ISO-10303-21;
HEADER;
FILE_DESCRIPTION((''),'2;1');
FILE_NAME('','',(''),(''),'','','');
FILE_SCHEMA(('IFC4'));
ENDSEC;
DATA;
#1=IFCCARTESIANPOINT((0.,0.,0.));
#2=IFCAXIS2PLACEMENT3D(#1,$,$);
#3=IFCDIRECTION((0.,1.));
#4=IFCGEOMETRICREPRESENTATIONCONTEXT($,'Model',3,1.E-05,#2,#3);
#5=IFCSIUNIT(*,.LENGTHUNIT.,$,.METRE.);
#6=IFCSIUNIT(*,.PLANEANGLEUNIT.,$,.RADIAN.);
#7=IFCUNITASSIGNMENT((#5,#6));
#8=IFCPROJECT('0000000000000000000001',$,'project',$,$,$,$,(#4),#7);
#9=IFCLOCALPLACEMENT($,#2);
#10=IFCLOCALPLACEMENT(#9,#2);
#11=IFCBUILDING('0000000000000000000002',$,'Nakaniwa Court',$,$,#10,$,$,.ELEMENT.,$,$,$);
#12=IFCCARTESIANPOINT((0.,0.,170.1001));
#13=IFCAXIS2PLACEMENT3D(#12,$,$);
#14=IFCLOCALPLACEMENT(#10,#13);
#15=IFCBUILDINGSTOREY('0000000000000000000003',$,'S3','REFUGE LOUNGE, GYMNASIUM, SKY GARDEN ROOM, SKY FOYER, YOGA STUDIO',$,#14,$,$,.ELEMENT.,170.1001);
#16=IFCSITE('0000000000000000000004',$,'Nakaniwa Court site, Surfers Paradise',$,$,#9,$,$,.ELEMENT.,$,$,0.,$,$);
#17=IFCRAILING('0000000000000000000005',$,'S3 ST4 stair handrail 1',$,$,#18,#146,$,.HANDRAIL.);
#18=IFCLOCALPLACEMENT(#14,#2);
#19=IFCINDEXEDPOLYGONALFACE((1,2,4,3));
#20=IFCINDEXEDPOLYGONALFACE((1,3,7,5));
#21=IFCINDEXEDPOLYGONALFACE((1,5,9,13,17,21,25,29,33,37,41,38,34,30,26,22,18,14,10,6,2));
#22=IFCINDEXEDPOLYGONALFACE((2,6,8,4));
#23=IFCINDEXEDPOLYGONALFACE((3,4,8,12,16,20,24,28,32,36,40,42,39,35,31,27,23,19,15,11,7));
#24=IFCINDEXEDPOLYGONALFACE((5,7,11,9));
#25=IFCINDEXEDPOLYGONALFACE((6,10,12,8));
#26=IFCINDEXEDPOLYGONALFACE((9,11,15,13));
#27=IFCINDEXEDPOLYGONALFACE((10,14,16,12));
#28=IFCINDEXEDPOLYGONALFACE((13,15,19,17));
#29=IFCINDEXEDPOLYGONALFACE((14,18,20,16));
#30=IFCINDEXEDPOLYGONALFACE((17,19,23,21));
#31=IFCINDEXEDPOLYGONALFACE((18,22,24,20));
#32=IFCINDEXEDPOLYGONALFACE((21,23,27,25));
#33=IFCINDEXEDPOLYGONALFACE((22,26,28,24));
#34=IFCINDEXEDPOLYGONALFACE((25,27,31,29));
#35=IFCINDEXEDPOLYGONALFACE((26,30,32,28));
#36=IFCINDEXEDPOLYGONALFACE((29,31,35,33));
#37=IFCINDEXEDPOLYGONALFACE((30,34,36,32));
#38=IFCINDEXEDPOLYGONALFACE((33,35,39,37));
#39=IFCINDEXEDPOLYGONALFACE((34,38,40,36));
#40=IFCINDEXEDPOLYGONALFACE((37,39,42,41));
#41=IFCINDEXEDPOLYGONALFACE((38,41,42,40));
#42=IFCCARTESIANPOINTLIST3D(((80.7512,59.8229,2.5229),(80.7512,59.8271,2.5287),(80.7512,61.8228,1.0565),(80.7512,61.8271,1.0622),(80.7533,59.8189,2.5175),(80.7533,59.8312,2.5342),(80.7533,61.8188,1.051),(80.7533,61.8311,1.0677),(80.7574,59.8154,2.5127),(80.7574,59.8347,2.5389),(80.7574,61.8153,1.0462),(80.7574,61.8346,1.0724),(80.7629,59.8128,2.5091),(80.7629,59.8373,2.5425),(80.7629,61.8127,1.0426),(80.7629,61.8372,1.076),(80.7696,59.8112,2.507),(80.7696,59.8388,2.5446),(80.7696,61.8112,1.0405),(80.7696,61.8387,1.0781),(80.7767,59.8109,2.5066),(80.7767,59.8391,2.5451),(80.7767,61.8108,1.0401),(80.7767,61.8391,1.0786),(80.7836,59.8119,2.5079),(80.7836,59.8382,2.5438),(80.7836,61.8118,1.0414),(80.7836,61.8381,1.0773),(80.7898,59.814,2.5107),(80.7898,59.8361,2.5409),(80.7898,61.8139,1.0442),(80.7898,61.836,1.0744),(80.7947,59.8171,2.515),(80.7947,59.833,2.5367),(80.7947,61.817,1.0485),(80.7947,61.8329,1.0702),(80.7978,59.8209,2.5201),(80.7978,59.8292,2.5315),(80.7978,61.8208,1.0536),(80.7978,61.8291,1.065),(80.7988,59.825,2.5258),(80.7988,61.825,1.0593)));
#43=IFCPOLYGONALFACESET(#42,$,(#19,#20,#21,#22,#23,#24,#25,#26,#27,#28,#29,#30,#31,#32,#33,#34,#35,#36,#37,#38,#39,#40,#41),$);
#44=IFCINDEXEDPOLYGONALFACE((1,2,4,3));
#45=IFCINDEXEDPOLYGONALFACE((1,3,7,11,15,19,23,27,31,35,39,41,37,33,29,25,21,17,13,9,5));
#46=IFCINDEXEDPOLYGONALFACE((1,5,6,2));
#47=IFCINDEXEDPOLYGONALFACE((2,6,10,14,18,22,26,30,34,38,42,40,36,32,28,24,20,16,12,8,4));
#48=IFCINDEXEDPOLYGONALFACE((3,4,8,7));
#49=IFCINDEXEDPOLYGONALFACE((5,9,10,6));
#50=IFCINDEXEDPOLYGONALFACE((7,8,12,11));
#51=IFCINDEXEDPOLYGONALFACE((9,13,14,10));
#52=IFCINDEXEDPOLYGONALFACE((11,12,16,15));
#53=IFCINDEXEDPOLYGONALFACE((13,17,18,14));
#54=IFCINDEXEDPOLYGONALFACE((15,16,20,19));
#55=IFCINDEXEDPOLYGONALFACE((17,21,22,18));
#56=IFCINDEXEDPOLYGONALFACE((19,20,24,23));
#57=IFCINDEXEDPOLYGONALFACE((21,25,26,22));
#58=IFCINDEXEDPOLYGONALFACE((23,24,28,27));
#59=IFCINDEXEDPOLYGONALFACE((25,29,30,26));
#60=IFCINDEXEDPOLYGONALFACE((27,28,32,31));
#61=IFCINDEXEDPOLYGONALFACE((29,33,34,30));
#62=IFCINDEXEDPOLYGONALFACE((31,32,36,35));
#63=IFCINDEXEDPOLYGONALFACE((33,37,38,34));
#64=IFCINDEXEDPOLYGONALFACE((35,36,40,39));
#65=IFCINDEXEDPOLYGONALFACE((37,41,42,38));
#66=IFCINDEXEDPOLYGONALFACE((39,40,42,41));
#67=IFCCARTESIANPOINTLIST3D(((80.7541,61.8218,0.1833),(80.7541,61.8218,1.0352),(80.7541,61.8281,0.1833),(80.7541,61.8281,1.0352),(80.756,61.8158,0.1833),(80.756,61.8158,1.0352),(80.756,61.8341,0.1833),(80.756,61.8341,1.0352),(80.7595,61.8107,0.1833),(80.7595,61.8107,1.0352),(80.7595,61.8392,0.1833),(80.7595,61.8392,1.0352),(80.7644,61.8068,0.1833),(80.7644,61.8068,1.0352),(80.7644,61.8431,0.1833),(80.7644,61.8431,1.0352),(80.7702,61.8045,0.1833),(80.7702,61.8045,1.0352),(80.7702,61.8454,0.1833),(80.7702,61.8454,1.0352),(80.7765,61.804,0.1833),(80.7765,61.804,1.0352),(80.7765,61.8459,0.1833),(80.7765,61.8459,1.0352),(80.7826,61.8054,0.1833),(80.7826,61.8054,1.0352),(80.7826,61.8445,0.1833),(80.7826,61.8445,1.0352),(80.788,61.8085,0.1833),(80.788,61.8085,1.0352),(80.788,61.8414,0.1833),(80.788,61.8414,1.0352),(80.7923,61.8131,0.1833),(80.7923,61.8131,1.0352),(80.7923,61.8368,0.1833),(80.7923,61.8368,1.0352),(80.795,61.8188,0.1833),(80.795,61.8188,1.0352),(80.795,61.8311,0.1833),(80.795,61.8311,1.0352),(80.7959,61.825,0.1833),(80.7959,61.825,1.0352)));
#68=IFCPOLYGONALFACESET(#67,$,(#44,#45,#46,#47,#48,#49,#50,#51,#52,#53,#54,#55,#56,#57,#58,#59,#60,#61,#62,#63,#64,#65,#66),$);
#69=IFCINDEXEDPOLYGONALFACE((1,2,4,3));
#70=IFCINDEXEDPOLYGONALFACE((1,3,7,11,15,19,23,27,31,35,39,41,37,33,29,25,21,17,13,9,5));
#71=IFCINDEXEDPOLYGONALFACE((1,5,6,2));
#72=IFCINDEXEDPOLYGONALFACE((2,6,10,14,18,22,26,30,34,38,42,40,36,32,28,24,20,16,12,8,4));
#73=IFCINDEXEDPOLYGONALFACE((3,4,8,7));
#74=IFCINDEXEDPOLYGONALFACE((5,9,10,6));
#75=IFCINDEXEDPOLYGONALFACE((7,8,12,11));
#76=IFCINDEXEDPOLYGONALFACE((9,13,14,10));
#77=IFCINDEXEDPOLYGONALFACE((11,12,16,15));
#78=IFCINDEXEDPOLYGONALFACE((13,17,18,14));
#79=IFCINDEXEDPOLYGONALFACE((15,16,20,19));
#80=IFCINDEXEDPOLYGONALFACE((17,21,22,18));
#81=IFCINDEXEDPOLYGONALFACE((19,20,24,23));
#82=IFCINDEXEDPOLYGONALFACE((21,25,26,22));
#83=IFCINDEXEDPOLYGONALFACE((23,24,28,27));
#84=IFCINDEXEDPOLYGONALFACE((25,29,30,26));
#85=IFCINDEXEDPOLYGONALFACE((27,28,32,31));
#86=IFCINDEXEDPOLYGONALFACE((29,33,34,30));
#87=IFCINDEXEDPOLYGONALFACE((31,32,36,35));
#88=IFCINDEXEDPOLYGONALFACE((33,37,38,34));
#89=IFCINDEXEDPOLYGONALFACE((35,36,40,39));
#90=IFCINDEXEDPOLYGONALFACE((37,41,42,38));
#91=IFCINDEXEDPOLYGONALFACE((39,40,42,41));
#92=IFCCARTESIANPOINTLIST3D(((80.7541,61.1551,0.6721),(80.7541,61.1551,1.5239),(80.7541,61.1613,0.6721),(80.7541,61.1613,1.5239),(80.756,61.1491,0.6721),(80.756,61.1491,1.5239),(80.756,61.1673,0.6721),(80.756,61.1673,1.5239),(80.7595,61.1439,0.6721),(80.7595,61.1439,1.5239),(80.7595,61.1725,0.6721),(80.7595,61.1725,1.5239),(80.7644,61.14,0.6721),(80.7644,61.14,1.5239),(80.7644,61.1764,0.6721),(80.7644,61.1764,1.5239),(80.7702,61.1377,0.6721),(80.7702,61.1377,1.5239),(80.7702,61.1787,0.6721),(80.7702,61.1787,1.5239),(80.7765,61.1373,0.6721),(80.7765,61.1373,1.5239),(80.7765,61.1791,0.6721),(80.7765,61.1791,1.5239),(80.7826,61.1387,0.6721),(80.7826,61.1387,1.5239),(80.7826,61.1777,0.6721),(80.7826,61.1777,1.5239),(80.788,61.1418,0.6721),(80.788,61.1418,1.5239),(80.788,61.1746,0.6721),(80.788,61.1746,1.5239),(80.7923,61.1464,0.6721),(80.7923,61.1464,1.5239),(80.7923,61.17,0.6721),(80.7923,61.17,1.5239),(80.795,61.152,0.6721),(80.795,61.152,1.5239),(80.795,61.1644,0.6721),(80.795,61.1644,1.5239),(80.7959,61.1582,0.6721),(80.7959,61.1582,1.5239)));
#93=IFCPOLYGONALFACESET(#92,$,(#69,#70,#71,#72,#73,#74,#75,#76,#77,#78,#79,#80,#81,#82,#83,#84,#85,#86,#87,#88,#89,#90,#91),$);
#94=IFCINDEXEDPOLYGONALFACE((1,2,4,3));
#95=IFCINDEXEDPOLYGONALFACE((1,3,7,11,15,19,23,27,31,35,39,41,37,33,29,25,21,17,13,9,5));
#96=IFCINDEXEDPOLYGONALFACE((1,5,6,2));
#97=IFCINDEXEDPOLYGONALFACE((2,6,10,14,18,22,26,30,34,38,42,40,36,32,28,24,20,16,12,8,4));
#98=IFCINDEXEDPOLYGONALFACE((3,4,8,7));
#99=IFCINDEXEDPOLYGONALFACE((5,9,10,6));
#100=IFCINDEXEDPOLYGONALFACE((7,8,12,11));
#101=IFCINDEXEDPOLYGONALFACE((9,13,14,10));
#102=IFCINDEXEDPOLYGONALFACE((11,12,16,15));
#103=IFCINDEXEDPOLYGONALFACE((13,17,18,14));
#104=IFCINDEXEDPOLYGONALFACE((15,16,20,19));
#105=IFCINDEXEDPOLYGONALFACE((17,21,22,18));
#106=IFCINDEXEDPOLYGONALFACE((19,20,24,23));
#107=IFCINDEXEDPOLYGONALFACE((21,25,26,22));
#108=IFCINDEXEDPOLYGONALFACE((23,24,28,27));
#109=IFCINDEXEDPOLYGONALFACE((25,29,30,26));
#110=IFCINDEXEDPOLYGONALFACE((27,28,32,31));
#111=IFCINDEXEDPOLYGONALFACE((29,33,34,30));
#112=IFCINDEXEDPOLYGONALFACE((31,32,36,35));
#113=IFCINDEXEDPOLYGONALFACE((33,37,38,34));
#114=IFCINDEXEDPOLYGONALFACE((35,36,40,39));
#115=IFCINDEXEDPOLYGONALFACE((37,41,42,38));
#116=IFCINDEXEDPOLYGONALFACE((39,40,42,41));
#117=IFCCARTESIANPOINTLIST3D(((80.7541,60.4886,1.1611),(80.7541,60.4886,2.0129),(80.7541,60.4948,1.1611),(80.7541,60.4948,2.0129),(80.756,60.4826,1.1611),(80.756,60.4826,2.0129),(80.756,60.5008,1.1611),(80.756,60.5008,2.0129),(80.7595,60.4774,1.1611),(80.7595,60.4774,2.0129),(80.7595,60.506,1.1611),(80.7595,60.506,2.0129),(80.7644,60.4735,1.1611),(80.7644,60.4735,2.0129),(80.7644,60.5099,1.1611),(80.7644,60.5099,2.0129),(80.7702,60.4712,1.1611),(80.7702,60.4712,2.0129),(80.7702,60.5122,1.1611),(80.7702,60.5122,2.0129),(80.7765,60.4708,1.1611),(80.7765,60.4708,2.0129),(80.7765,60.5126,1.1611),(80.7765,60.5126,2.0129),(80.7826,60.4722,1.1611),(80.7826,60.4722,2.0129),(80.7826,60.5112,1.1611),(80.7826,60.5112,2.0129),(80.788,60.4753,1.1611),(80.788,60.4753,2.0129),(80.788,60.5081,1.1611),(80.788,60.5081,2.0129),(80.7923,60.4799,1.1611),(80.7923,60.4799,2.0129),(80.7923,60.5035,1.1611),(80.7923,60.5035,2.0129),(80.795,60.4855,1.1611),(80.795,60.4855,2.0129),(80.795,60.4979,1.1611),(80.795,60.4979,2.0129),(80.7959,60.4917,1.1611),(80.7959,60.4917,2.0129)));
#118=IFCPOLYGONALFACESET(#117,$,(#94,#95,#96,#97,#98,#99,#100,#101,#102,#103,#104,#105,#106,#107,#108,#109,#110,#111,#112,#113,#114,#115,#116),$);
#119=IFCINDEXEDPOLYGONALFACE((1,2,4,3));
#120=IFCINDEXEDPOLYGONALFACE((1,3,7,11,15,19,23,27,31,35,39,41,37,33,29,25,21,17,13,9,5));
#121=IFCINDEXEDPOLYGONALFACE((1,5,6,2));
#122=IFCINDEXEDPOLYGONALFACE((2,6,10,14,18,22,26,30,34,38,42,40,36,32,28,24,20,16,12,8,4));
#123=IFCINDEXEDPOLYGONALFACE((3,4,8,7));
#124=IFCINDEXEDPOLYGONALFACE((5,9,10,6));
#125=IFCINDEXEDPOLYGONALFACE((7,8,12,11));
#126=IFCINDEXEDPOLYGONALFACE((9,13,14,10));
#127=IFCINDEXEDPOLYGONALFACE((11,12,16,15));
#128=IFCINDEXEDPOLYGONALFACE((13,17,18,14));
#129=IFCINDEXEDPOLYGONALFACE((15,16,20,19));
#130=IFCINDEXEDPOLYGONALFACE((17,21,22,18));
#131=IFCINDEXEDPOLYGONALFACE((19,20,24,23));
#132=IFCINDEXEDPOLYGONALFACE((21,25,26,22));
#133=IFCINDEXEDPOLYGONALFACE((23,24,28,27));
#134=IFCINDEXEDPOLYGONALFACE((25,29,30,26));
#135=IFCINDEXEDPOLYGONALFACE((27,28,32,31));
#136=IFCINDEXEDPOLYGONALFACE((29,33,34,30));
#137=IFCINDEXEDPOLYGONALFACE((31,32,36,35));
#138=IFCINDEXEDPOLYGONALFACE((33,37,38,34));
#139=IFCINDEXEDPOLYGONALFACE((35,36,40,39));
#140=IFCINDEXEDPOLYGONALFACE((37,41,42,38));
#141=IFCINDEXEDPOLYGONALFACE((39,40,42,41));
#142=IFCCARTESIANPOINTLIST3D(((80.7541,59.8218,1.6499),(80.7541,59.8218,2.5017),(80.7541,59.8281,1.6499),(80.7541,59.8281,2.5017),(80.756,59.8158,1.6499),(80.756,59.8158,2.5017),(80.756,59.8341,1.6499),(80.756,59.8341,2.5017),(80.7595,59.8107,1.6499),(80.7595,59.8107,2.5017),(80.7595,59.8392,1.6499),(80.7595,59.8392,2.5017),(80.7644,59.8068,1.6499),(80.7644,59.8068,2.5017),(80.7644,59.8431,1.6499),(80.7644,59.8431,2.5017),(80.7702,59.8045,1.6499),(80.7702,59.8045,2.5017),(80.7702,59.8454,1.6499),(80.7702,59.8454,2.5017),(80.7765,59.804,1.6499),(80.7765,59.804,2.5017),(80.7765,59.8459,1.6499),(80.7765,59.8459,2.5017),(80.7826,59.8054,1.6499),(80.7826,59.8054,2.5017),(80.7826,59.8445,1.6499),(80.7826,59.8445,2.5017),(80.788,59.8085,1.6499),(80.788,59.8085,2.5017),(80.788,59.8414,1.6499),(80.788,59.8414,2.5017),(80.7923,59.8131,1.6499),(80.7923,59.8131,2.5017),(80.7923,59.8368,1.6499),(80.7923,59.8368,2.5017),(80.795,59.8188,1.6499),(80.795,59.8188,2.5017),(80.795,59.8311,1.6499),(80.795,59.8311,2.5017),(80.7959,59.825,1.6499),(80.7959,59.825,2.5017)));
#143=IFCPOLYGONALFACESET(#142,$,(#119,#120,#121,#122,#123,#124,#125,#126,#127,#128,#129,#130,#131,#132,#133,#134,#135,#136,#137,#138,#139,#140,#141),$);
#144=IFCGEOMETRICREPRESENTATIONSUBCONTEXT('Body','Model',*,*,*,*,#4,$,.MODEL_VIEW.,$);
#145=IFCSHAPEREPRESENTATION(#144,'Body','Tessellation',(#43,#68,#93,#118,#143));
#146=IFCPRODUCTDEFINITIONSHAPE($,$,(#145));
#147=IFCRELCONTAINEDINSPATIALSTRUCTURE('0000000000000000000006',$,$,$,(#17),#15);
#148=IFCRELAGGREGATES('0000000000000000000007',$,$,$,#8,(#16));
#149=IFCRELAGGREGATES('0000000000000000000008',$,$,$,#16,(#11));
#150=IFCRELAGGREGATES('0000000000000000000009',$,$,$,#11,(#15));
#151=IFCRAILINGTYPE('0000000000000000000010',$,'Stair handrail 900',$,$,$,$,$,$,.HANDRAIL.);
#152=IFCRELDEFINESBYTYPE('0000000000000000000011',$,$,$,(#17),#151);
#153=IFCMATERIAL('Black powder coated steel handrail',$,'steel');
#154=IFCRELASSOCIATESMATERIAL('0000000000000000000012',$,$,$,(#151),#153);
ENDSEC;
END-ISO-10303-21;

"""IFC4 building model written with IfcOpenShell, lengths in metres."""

from ifc_helpers import new_model, si_unit, direction, frame, origin, origin_2d, place, context, subcontext, project, spatial, circle, extrude, material, type_object, element, save


model = new_model("IFC4")

# Units and contexts
model_context = context("Model", 3, precision=1e-05, world=origin(), true_north=direction((0.0, 1.0)))
body_context = subcontext(model_context, "Body", "Model", "MODEL_VIEW")
ifc_project = project(units=[si_unit("LENGTHUNIT", "METRE"), si_unit("PLANEANGLEUNIT", "RADIAN")], contexts=[model_context])

# Site, building, storey
site_placement = place(None, origin())
site = spatial("IfcSite", under=ifc_project, at=site_placement, Name="Nakaniwa Court site, Surfers Paradise", CompositionType="ELEMENT", RefElevation=0.0)
building_placement = place(site_placement, origin())
building = spatial("IfcBuilding", under=site, at=building_placement, Name="Nakaniwa Court", CompositionType="ELEMENT")
storey_placement = place(building_placement, frame((0.0, 0.0, 170.1001)))
storey = spatial("IfcBuildingStorey", under=building, at=storey_placement, Name="S3", Description="REFUGE LOUNGE, GYMNASIUM, SKY GARDEN ROOM, SKY FOYER, YOGA STUDIO", CompositionType="ELEMENT", Elevation=170.1001)

# Railing
ifc_material_1 = material(Name="Black powder coated steel handrail", Category="steel")
railing_type_1 = type_object("IfcRailingType", Name="Stair handrail 900", PredefinedType="HANDRAIL", material=ifc_material_1)
railing_1_placement = place(storey_placement, frame((80.7749, 61.825, 0.1833)))
element("IfcRailing", 1, at=railing_1_placement, inside=storey, type_object=railing_type_1, Name="S3 ST4 stair handrail 1", PredefinedType="HANDRAIL", context=body_context, shape_type="SweptSolid", body=[
    extrude(circle(Radius=0.0239, at=origin_2d()), frame((0.0, 0.0, 0.876), z_axis=(0.0, -0.806427, 0.591334), x_axis=(1.0, 0.0, 0.0)), (0.0, 0.0, 1.0), 2.48),
    extrude(circle(Radius=0.021, at=origin_2d()), origin(), (0.0, 0.0, 1.0), 0.8518),
    extrude(circle(Radius=0.021, at=origin_2d()), frame((0.0, -0.6667, 0.4888)), (0.0, 0.0, 1.0), 0.8518),
    extrude(circle(Radius=0.021, at=origin_2d()), frame((0.0, -1.3333, 0.9778)), (0.0, 0.0, 1.0), 0.8518),
    extrude(circle(Radius=0.021, at=origin_2d()), frame((0.0, -2.0, 1.4666)), (0.0, 0.0, 1.0), 0.8518),
])

save(model, "model.ifc")
